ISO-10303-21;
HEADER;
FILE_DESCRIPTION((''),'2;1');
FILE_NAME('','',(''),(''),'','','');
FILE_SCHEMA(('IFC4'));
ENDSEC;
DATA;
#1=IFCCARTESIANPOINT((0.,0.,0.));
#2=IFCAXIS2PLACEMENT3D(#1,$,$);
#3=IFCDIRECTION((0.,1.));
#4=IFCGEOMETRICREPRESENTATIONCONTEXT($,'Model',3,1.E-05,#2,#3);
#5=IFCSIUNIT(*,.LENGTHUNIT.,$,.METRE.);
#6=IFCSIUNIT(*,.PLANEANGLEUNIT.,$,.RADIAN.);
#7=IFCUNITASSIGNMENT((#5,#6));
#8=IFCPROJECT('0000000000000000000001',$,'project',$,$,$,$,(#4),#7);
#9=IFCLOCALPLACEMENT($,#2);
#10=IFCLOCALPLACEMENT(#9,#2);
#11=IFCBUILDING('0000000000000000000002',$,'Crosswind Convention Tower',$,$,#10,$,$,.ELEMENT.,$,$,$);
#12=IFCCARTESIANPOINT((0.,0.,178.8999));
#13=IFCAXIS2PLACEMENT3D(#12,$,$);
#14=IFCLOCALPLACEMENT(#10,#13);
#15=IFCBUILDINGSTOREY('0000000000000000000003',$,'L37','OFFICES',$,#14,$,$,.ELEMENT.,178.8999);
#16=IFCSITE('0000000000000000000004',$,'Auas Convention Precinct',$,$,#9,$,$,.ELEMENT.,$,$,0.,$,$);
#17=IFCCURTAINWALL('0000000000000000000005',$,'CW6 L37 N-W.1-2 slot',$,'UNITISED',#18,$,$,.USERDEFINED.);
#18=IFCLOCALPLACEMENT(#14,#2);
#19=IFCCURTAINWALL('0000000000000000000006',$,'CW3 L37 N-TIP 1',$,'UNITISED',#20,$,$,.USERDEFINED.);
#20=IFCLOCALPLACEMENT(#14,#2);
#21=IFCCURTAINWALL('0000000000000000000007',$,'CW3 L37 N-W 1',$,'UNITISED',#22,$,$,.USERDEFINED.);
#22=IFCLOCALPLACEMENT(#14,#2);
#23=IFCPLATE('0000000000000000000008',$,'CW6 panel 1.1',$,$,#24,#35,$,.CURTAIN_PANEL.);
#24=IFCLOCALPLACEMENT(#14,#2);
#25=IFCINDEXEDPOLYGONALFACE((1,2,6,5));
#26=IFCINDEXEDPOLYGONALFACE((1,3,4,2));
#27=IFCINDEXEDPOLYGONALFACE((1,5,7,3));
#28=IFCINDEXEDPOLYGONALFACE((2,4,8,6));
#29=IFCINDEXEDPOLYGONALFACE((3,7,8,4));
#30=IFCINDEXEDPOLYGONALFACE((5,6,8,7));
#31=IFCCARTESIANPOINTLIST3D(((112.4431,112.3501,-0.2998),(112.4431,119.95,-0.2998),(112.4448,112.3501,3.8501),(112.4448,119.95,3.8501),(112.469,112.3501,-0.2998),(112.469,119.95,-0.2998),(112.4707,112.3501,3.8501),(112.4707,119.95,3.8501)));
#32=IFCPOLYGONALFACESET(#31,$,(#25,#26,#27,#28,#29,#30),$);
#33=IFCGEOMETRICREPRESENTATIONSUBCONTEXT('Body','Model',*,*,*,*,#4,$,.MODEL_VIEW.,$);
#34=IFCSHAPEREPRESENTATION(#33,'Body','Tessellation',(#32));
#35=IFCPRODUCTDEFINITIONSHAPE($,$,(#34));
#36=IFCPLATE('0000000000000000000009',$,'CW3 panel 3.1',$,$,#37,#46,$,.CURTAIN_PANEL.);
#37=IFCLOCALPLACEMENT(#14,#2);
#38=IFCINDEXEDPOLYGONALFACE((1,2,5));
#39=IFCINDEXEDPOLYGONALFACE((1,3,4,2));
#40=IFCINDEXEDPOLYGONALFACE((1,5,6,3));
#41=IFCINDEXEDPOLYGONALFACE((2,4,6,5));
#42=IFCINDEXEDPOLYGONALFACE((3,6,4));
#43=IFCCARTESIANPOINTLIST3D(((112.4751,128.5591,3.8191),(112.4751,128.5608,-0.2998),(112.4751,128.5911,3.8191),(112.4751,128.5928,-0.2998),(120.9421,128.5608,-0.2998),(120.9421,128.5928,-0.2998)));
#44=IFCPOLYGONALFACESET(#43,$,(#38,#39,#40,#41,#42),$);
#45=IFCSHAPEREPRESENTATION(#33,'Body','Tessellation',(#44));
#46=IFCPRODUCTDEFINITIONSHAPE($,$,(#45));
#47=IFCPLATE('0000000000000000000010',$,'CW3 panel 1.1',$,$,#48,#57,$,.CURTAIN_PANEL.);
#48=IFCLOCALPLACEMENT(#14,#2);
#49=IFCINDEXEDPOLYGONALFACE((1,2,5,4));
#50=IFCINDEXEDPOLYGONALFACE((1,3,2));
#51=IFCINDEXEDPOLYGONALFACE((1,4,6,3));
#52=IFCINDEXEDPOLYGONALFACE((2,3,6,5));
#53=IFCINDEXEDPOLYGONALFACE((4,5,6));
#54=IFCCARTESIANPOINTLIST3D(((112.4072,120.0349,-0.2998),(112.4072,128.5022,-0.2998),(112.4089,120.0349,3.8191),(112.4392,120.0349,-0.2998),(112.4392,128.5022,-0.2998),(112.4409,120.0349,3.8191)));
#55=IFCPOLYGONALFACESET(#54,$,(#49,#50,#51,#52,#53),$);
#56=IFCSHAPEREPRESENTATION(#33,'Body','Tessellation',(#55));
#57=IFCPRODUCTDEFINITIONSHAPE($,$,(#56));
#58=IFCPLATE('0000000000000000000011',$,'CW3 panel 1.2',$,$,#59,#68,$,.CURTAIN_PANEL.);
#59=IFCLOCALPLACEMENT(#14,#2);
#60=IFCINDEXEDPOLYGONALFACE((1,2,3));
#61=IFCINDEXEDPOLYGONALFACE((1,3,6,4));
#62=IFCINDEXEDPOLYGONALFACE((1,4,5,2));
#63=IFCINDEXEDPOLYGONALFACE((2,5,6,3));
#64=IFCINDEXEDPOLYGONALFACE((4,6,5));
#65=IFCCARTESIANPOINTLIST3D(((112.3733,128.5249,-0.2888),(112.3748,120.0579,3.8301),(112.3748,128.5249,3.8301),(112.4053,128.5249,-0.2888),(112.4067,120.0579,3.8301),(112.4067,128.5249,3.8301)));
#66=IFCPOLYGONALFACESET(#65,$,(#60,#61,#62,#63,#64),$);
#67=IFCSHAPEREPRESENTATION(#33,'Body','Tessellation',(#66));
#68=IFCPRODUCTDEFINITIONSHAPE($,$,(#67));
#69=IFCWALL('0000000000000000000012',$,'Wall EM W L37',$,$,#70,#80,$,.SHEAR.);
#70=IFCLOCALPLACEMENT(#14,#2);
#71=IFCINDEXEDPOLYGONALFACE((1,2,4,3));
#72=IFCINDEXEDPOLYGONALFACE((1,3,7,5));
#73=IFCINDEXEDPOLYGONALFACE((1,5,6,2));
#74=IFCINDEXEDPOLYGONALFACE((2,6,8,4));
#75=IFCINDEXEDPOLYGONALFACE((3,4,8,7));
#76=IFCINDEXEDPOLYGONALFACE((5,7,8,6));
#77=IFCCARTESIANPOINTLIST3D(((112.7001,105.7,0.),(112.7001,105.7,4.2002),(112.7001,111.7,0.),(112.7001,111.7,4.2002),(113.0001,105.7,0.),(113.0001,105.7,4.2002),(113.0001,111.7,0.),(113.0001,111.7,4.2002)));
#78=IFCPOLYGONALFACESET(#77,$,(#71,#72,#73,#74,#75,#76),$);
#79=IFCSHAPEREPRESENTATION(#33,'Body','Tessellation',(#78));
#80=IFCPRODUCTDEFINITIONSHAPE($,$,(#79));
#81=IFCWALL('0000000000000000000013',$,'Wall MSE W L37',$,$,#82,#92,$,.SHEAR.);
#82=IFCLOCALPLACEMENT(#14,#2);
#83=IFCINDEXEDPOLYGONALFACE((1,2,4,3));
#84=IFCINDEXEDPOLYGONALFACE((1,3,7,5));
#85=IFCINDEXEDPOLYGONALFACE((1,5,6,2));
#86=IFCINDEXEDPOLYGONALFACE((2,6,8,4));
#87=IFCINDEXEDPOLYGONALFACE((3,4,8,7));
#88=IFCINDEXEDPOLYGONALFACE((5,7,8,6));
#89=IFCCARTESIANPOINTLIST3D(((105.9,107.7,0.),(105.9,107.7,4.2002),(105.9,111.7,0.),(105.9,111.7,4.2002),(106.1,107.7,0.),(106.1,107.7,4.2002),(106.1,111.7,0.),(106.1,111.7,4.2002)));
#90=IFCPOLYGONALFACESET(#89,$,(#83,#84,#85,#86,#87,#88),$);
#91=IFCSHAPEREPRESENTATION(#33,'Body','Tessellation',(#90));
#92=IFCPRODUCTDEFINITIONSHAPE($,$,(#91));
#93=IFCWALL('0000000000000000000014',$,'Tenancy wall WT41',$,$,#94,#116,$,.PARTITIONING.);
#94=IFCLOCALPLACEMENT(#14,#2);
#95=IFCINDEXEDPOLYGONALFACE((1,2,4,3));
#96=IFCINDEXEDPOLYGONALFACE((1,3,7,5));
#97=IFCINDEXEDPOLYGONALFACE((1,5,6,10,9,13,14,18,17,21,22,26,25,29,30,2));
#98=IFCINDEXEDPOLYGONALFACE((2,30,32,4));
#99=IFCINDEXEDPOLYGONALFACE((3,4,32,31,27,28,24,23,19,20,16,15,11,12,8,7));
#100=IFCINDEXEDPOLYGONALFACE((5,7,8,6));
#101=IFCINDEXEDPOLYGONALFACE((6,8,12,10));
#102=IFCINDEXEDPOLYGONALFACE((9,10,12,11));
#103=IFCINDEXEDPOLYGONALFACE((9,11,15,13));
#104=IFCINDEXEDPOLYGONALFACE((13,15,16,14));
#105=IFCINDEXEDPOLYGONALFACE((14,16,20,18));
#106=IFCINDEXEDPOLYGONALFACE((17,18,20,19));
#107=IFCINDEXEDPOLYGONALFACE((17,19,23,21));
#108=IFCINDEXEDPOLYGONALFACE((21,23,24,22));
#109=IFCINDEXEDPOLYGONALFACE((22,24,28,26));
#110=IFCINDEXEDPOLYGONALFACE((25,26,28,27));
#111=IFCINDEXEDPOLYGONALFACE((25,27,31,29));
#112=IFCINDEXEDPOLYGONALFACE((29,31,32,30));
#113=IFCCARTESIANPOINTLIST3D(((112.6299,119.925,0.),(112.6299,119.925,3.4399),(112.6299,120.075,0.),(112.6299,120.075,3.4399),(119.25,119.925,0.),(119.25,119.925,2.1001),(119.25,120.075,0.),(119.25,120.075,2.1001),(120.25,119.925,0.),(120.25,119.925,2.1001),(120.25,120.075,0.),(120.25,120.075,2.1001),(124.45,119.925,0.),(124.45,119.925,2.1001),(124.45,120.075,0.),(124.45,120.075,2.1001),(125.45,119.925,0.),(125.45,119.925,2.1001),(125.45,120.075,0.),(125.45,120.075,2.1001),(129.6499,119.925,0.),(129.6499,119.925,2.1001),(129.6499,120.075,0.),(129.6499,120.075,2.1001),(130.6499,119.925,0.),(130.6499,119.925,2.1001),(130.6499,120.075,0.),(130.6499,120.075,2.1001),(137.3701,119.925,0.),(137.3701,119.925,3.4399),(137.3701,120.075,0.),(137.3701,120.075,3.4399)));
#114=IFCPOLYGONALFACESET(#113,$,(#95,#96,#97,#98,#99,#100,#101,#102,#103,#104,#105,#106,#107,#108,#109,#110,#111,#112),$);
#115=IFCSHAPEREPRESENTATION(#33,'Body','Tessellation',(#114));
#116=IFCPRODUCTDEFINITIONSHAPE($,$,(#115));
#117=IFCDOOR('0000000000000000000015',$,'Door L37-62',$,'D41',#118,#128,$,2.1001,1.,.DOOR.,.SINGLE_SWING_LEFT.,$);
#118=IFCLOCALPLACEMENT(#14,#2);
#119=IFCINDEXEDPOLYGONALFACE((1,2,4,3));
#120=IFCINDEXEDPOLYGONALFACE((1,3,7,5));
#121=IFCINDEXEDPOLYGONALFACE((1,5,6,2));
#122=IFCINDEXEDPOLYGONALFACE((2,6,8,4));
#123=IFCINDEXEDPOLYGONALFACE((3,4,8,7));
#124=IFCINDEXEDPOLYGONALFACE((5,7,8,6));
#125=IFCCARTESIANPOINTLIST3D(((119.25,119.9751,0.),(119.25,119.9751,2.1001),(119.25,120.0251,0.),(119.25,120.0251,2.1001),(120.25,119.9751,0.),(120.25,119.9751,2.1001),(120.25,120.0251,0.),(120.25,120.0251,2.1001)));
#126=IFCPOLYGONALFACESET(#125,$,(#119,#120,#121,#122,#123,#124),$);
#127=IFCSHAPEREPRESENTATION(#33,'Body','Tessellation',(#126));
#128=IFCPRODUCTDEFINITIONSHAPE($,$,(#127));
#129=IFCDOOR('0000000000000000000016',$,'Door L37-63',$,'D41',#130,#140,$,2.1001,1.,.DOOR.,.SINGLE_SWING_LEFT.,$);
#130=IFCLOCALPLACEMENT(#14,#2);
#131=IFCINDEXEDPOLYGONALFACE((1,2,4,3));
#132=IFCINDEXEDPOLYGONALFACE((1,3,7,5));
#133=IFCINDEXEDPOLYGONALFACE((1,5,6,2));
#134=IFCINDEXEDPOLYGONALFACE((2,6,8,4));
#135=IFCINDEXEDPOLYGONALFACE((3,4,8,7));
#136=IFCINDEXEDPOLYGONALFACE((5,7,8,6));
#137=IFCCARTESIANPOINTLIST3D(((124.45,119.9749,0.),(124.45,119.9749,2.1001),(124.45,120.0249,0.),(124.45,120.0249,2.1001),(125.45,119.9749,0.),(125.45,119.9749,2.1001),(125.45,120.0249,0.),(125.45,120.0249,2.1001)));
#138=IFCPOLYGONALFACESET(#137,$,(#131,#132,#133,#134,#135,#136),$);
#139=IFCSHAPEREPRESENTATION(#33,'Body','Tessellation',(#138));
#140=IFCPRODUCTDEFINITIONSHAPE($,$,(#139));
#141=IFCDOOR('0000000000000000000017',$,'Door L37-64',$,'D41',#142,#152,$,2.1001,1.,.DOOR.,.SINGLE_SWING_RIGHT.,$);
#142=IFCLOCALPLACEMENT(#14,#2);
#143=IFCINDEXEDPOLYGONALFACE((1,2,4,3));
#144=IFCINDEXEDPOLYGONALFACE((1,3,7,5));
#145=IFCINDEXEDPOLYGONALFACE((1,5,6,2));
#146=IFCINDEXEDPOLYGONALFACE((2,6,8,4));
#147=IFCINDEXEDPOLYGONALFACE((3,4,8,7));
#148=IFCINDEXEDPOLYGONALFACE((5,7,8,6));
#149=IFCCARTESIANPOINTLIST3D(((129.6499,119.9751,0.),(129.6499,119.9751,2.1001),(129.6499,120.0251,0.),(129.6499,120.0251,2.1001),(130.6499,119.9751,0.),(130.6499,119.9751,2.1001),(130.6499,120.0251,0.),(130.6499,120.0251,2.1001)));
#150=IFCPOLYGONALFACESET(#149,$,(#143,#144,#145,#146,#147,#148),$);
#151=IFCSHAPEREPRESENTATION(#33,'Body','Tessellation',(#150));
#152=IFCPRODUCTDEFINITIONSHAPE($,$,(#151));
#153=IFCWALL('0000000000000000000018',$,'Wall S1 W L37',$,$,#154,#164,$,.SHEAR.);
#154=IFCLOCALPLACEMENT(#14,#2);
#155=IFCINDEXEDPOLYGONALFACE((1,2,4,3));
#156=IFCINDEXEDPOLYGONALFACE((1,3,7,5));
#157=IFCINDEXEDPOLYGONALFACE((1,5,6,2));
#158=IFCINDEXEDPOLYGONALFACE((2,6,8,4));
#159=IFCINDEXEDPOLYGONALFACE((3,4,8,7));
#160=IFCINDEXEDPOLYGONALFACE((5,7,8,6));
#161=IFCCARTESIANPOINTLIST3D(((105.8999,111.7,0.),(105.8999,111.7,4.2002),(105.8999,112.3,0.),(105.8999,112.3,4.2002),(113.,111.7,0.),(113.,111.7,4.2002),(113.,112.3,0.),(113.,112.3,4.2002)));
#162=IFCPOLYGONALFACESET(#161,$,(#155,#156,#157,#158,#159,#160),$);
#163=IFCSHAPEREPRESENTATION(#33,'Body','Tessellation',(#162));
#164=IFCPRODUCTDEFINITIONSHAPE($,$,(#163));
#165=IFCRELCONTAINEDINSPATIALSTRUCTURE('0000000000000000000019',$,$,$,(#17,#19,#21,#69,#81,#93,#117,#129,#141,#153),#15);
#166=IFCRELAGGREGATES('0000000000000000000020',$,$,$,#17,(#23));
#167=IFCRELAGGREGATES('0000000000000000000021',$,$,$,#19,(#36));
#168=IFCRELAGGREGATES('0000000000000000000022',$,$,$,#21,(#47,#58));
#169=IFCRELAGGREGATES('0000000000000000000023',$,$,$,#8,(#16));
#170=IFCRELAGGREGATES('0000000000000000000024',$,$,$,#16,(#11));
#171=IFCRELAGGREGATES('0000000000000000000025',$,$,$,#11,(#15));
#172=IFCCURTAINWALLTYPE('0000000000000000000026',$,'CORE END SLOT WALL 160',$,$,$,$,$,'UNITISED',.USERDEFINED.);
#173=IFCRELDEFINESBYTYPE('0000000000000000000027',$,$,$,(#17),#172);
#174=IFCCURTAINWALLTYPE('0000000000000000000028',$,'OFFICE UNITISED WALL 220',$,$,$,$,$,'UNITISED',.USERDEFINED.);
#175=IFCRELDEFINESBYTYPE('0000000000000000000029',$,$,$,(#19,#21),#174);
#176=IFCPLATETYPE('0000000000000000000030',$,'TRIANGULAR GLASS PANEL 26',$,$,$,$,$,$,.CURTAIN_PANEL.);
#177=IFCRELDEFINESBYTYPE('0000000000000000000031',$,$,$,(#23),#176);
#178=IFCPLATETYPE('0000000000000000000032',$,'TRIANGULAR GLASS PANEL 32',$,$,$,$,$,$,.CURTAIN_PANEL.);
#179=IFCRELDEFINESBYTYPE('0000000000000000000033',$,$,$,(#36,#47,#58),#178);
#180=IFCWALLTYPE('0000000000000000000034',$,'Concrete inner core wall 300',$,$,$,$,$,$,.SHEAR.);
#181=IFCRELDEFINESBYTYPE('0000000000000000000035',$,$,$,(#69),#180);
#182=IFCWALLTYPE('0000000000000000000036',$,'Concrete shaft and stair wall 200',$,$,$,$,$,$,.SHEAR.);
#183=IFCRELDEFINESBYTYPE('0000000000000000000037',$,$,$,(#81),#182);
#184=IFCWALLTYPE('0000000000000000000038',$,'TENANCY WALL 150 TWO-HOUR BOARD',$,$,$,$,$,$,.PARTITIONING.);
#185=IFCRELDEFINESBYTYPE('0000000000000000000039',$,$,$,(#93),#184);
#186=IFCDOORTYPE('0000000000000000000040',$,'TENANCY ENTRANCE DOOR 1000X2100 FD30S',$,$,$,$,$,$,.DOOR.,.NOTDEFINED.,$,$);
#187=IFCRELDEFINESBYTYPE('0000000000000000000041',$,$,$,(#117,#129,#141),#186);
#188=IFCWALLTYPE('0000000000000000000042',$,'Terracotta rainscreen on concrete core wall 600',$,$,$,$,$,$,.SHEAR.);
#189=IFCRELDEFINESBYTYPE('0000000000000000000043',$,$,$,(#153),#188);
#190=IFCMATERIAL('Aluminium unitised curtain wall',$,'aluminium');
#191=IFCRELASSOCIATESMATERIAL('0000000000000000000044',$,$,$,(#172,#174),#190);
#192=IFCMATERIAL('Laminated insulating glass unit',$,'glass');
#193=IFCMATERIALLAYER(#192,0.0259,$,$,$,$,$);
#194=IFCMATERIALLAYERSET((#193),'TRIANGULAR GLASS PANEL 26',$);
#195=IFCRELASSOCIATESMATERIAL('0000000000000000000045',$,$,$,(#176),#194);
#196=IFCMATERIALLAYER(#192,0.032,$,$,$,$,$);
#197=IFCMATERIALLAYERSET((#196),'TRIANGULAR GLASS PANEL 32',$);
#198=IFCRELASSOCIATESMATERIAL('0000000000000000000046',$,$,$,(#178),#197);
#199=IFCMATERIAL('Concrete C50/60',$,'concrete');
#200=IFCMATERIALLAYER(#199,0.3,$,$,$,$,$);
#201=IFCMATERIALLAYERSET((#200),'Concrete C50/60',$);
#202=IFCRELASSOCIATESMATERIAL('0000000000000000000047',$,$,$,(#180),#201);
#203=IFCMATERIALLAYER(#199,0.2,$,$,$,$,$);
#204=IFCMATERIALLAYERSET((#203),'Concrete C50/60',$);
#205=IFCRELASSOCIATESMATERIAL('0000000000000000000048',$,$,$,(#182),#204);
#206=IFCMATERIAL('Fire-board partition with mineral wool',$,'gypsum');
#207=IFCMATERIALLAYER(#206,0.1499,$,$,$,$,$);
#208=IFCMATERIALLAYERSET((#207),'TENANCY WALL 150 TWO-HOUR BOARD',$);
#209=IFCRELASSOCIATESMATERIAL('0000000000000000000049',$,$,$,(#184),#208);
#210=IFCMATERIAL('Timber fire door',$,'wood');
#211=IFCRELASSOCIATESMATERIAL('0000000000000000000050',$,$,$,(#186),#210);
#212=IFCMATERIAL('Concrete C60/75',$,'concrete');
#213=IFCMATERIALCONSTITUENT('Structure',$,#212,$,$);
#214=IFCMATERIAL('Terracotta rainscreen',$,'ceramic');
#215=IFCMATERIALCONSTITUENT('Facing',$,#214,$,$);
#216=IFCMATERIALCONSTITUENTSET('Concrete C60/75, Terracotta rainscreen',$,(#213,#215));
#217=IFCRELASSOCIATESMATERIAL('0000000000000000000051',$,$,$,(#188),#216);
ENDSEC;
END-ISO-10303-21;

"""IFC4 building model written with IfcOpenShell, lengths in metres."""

from ifc_helpers import new_model, si_unit, direction, frame, frame_2d, origin, place, context, subcontext, project, spatial, polyline, rectangle, outline, extrude, material, layer, layer_set, constituent, constituent_set, type_object, element, fill, aggregate, save


model = new_model("IFC4")

# Units and contexts
model_context = context("Model", 3, precision=1e-05, world=origin(), true_north=direction((0.0, 1.0)))
body_context = subcontext(model_context, "Body", "Model", "MODEL_VIEW")
ifc_project = project(units=[si_unit("LENGTHUNIT", "METRE"), si_unit("PLANEANGLEUNIT", "RADIAN")], contexts=[model_context])

# Site, building, storey
site_placement = place(None, origin())
site = spatial("IfcSite", under=ifc_project, at=site_placement, Name="Auas Convention Precinct", CompositionType="ELEMENT", RefElevation=0.0)
building_placement = place(site_placement, origin())
building = spatial("IfcBuilding", under=site, at=building_placement, Name="Crosswind Convention Tower", CompositionType="ELEMENT")
storey_placement = place(building_placement, frame((0.0, 0.0, 178.8999)))
storey = spatial("IfcBuildingStorey", under=building, at=storey_placement, Name="L37", Description="OFFICES", CompositionType="ELEMENT", Elevation=178.8999)

# Curtain wall
ifc_material_1 = material(Name="Aluminium unitised curtain wall", Category="aluminium")
curtain_wall_type_1 = type_object("IfcCurtainWallType", Name="CORE END SLOT WALL 160", ElementType="UNITISED", PredefinedType="USERDEFINED", material=ifc_material_1)
curtain_wall_1_placement = place(storey_placement, origin())
curtain_wall_1 = element("IfcCurtainWall", 1, at=curtain_wall_1_placement, inside=storey, type_object=curtain_wall_type_1, Name="CW6 L37 N-W.1-2 slot", ObjectType="UNITISED", PredefinedType="USERDEFINED")

# Curtain walls
curtain_wall_type_2 = type_object("IfcCurtainWallType", Name="OFFICE UNITISED WALL 220", ElementType="UNITISED", PredefinedType="USERDEFINED", material=ifc_material_1)
curtain_wall_2_placement = place(storey_placement, origin())
curtain_wall_2 = element("IfcCurtainWall", 2, at=curtain_wall_2_placement, inside=storey, type_object=curtain_wall_type_2, Name="CW3 L37 N-TIP 1", ObjectType="UNITISED", PredefinedType="USERDEFINED")
curtain_wall_3_placement = place(storey_placement, origin())
curtain_wall_3 = element("IfcCurtainWall", 3, at=curtain_wall_3_placement, inside=storey, type_object=curtain_wall_type_2, Name="CW3 L37 N-W 1", ObjectType="UNITISED", PredefinedType="USERDEFINED")

# Plates
ifc_material_2 = material(Name="Laminated insulating glass unit", Category="glass")
ifc_layer_1 = layer(ifc_material_2, 0.0259)
ifc_layer_set_1 = layer_set([ifc_layer_1], Name="TRIANGULAR GLASS PANEL 26")
plate_type_1 = type_object("IfcPlateType", Name="TRIANGULAR GLASS PANEL 26", PredefinedType="CURTAIN_PANEL", material=ifc_layer_set_1)
plate_1_placement = place(storey_placement, frame((112.4431, 119.95, -0.2998), z_axis=(-1.0, 0.0, 0.000412), x_axis=(0.0, -1.0, 0.0)))
plate_1 = element("IfcPlate", 4, at=plate_1_placement, type_object=plate_type_1, Name="CW6 panel 1.1", PredefinedType="CURTAIN_PANEL", context=body_context, shape_type="SweptSolid", body=[
    extrude(outline(polyline([(0.0, 0.0), (7.5999, 0.0), (7.5999, 4.1499), (0.0, 4.1499), (0.0, 0.0)])), origin(), (0.0, 0.0, -1.0), 0.0259),
])
aggregate(curtain_wall_1, [plate_1])
ifc_layer_2 = layer(ifc_material_2, 0.032)
ifc_layer_set_2 = layer_set([ifc_layer_2], Name="TRIANGULAR GLASS PANEL 32")
plate_type_2 = type_object("IfcPlateType", Name="TRIANGULAR GLASS PANEL 32", PredefinedType="CURTAIN_PANEL", material=ifc_layer_set_2)
plate_2_placement = place(storey_placement, frame((112.4751, 128.5928, -0.2998), z_axis=(0.0, 1.0, 0.000415), x_axis=(0.0, -0.000415, 1.0)))
plate_2 = element("IfcPlate", 5, at=plate_2_placement, type_object=plate_type_2, Name="CW3 panel 3.1", PredefinedType="CURTAIN_PANEL", context=body_context, shape_type="SweptSolid", body=[
    extrude(outline(polyline([(0.0, 0.0), (4.1189, 0.0), (0.0, 8.467), (0.0, 0.0)])), origin(), (0.0, 0.0, -1.0), 0.032),
])
aggregate(curtain_wall_2, [plate_2])
plate_3_placement = place(storey_placement, frame((112.4072, 120.0349, -0.2998), z_axis=(-1.0, 0.0, 0.000415), x_axis=(0.000415, 0.0, 1.0)))
plate_3 = element("IfcPlate", 6, at=plate_3_placement, type_object=plate_type_2, Name="CW3 panel 1.1", PredefinedType="CURTAIN_PANEL", context=body_context, shape_type="SweptSolid", body=[
    extrude(outline(polyline([(0.0, 0.0), (4.1189, 0.0), (0.0, 8.4673), (0.0, 0.0)])), origin(), (0.0, 0.0, -1.0), 0.032),
])
plate_4_placement = place(storey_placement, frame((112.3748, 128.5249, 3.8301), z_axis=(-1.0, 0.0, 0.000356), x_axis=(-0.000356, 0.0, -1.0)))
plate_4 = element("IfcPlate", 7, at=plate_4_placement, type_object=plate_type_2, Name="CW3 panel 1.2", PredefinedType="CURTAIN_PANEL", context=body_context, shape_type="SweptSolid", body=[
    extrude(outline(polyline([(0.0, 0.0), (4.1189, 0.0), (0.0, 8.467), (0.0, 0.0)])), origin(), (0.0, 0.0, -1.0), 0.032),
])

# Walls
ifc_material_3 = material(Name="Concrete C50/60", Category="concrete")
ifc_layer_3 = layer(ifc_material_3, 0.3)
ifc_layer_set_3 = layer_set([ifc_layer_3], Name="Concrete C50/60")
wall_type_1 = type_object("IfcWallType", Name="Concrete inner core wall 300", PredefinedType="SHEAR", material=ifc_layer_set_3)
wall_1_placement = place(storey_placement, frame((112.8501, 111.7, 0.0), z_axis=(0.0, 0.0, 1.0), x_axis=(0.0, -1.0, 0.0)))
element("IfcWall", 8, at=wall_1_placement, inside=storey, type_object=wall_type_1, Name="Wall EM W L37", PredefinedType="SHEAR", context=body_context, shape_type="SweptSolid", body=[
    extrude(rectangle(XDim=6.0, YDim=0.3, at=frame_2d((3.0, 0.0))), origin(), (0.0, 0.0, 1.0), 4.2002),
])
ifc_layer_4 = layer(ifc_material_3, 0.2)
ifc_layer_set_4 = layer_set([ifc_layer_4], Name="Concrete C50/60")
wall_type_2 = type_object("IfcWallType", Name="Concrete shaft and stair wall 200", PredefinedType="SHEAR", material=ifc_layer_set_4)
wall_2_placement = place(storey_placement, frame((106.0, 111.7, 0.0), z_axis=(0.0, 0.0, 1.0), x_axis=(0.0, -1.0, 0.0)))
element("IfcWall", 9, at=wall_2_placement, inside=storey, type_object=wall_type_2, Name="Wall MSE W L37", PredefinedType="SHEAR", context=body_context, shape_type="SweptSolid", body=[
    extrude(rectangle(XDim=4.0, YDim=0.2, at=frame_2d((2.0, 0.0))), origin(), (0.0, 0.0, 1.0), 4.2002),
])

# Wall, openings, doors
ifc_material_4 = material(Name="Fire-board partition with mineral wool", Category="gypsum")
ifc_layer_5 = layer(ifc_material_4, 0.1499)
ifc_layer_set_5 = layer_set([ifc_layer_5], Name="TENANCY WALL 150 TWO-HOUR BOARD")
wall_type_3 = type_object("IfcWallType", Name="TENANCY WALL 150 TWO-HOUR BOARD", PredefinedType="PARTITIONING", material=ifc_layer_set_5)
wall_3_placement = place(storey_placement, frame((112.6299, 120.0, 0.0), z_axis=(0.0, 0.0, 1.0), x_axis=(1.0, 0.0, 0.0)))
wall_3 = element("IfcWall", 10, at=wall_3_placement, inside=storey, type_object=wall_type_3, Name="Tenancy wall WT41", PredefinedType="PARTITIONING", context=body_context, shape_type="SweptSolid", body=[
    extrude(rectangle(XDim=24.7402, YDim=0.1499, at=frame_2d((12.3701, 0.0))), origin(), (0.0, 0.0, 1.0), 3.4399),
])
opening_1_placement = place(wall_3_placement, frame((6.6201, 0.0, 0.0)))
opening_1 = element("IfcOpeningElement", 11, at=opening_1_placement, cuts=wall_3, PredefinedType="OPENING", context=body_context, shape_type="SweptSolid", body=[
    extrude(rectangle(XDim=1.0, YDim=2.1001, at=frame_2d((0.5, 1.05))), frame((0.0, 0.085, 0.0), z_axis=(0.0, -1.0, 0.0), x_axis=(1.0, 0.0, 0.0)), (0.0, 0.0, 1.0), 0.1699),
])
opening_2_placement = place(wall_3_placement, frame((11.8201, 0.0, 0.0)))
opening_2 = element("IfcOpeningElement", 12, at=opening_2_placement, cuts=wall_3, PredefinedType="OPENING", context=body_context, shape_type="SweptSolid", body=[
    extrude(rectangle(XDim=1.0, YDim=2.1001, at=frame_2d((0.5, 1.05))), frame((0.0, 0.085, 0.0), z_axis=(0.0, -1.0, 0.0), x_axis=(1.0, 0.0, 0.0)), (0.0, 0.0, 1.0), 0.1699),
])
opening_3_placement = place(wall_3_placement, frame((17.02, 0.0, 0.0)))
opening_3 = element("IfcOpeningElement", 13, at=opening_3_placement, cuts=wall_3, PredefinedType="OPENING", context=body_context, shape_type="SweptSolid", body=[
    extrude(rectangle(XDim=1.0, YDim=2.1001, at=frame_2d((0.5, 1.05))), frame((0.0, 0.085, 0.0), z_axis=(0.0, -1.0, 0.0), x_axis=(1.0, 0.0, 0.0)), (0.0, 0.0, 1.0), 0.1699),
])
ifc_material_5 = material(Name="Timber fire door", Category="wood")
door_type = type_object("IfcDoorType", Name="TENANCY ENTRANCE DOOR 1000X2100 FD30S", OperationType="NOTDEFINED", PredefinedType="DOOR", material=ifc_material_5)
door_1_placement = place(opening_1_placement, frame((1.0, 0.0, 0.0), z_axis=(0.0, 0.0, 1.0), x_axis=(-1.0, 0.0, 0.0)))
door_1 = element("IfcDoor", 14, at=door_1_placement, inside=storey, type_object=door_type, Name="Door L37-62", ObjectType="D41", OperationType="SINGLE_SWING_LEFT", OverallHeight=2.1001, OverallWidth=1.0, PredefinedType="DOOR", context=body_context, shape_type="SweptSolid", body=[
    extrude(rectangle(XDim=1.0, YDim=2.1001, at=frame_2d((0.5, 1.05))), frame((0.0, 0.0249, 0.0), z_axis=(0.0, -1.0, 0.0), x_axis=(1.0, 0.0, 0.0)), (0.0, 0.0, 1.0), 0.05),
])
fill(opening_1, door_1)
door_2_placement = place(opening_2_placement, origin())
door_2 = element("IfcDoor", 15, at=door_2_placement, inside=storey, type_object=door_type, Name="Door L37-63", ObjectType="D41", OperationType="SINGLE_SWING_LEFT", OverallHeight=2.1001, OverallWidth=1.0, PredefinedType="DOOR", context=body_context, shape_type="SweptSolid", body=[
    extrude(rectangle(XDim=1.0, YDim=2.1001, at=frame_2d((0.5, 1.05))), frame((0.0, 0.0249, 0.0), z_axis=(0.0, -1.0, 0.0), x_axis=(1.0, 0.0, 0.0)), (0.0, 0.0, 1.0), 0.05),
])
fill(opening_2, door_2)
door_3_placement = place(opening_3_placement, frame((1.0, 0.0, 0.0), z_axis=(0.0, 0.0, 1.0), x_axis=(-1.0, 0.0, 0.0)))
door_3 = element("IfcDoor", 16, at=door_3_placement, inside=storey, type_object=door_type, Name="Door L37-64", ObjectType="D41", OperationType="SINGLE_SWING_RIGHT", OverallHeight=2.1001, OverallWidth=1.0, PredefinedType="DOOR", context=body_context, shape_type="SweptSolid", body=[
    extrude(rectangle(XDim=1.0, YDim=2.1001, at=frame_2d((0.5, 1.05))), frame((0.0, 0.0249, 0.0), z_axis=(0.0, -1.0, 0.0), x_axis=(1.0, 0.0, 0.0)), (0.0, 0.0, 1.0), 0.05),
])
fill(opening_3, door_3)

# Wall
ifc_material_6 = material(Name="Concrete C60/75", Category="concrete")
ifc_constituent_1 = constituent(ifc_material_6, Name="Structure")
ifc_material_7 = material(Name="Terracotta rainscreen", Category="ceramic")
ifc_constituent_2 = constituent(ifc_material_7, Name="Facing")
ifc_constituent_set = constituent_set(constituents=[ifc_constituent_1, ifc_constituent_2], Name="Concrete C60/75, Terracotta rainscreen")
wall_type_4 = type_object("IfcWallType", Name="Terracotta rainscreen on concrete core wall 600", PredefinedType="SHEAR", material=ifc_constituent_set)
wall_4_placement = place(storey_placement, frame((113.0, 112.0, 0.0), z_axis=(0.0, 0.0, 1.0), x_axis=(-1.0, 0.0, 0.0)))
element("IfcWall", 17, at=wall_4_placement, inside=storey, type_object=wall_type_4, Name="Wall S1 W L37", PredefinedType="SHEAR", context=body_context, shape_type="SweptSolid", body=[
    extrude(rectangle(XDim=7.1001, YDim=0.6001, at=frame_2d((3.55, 0.0))), origin(), (0.0, 0.0, 1.0), 4.2002),
])

aggregate(curtain_wall_3, [plate_3, plate_4])

save(model, "model.ifc")
